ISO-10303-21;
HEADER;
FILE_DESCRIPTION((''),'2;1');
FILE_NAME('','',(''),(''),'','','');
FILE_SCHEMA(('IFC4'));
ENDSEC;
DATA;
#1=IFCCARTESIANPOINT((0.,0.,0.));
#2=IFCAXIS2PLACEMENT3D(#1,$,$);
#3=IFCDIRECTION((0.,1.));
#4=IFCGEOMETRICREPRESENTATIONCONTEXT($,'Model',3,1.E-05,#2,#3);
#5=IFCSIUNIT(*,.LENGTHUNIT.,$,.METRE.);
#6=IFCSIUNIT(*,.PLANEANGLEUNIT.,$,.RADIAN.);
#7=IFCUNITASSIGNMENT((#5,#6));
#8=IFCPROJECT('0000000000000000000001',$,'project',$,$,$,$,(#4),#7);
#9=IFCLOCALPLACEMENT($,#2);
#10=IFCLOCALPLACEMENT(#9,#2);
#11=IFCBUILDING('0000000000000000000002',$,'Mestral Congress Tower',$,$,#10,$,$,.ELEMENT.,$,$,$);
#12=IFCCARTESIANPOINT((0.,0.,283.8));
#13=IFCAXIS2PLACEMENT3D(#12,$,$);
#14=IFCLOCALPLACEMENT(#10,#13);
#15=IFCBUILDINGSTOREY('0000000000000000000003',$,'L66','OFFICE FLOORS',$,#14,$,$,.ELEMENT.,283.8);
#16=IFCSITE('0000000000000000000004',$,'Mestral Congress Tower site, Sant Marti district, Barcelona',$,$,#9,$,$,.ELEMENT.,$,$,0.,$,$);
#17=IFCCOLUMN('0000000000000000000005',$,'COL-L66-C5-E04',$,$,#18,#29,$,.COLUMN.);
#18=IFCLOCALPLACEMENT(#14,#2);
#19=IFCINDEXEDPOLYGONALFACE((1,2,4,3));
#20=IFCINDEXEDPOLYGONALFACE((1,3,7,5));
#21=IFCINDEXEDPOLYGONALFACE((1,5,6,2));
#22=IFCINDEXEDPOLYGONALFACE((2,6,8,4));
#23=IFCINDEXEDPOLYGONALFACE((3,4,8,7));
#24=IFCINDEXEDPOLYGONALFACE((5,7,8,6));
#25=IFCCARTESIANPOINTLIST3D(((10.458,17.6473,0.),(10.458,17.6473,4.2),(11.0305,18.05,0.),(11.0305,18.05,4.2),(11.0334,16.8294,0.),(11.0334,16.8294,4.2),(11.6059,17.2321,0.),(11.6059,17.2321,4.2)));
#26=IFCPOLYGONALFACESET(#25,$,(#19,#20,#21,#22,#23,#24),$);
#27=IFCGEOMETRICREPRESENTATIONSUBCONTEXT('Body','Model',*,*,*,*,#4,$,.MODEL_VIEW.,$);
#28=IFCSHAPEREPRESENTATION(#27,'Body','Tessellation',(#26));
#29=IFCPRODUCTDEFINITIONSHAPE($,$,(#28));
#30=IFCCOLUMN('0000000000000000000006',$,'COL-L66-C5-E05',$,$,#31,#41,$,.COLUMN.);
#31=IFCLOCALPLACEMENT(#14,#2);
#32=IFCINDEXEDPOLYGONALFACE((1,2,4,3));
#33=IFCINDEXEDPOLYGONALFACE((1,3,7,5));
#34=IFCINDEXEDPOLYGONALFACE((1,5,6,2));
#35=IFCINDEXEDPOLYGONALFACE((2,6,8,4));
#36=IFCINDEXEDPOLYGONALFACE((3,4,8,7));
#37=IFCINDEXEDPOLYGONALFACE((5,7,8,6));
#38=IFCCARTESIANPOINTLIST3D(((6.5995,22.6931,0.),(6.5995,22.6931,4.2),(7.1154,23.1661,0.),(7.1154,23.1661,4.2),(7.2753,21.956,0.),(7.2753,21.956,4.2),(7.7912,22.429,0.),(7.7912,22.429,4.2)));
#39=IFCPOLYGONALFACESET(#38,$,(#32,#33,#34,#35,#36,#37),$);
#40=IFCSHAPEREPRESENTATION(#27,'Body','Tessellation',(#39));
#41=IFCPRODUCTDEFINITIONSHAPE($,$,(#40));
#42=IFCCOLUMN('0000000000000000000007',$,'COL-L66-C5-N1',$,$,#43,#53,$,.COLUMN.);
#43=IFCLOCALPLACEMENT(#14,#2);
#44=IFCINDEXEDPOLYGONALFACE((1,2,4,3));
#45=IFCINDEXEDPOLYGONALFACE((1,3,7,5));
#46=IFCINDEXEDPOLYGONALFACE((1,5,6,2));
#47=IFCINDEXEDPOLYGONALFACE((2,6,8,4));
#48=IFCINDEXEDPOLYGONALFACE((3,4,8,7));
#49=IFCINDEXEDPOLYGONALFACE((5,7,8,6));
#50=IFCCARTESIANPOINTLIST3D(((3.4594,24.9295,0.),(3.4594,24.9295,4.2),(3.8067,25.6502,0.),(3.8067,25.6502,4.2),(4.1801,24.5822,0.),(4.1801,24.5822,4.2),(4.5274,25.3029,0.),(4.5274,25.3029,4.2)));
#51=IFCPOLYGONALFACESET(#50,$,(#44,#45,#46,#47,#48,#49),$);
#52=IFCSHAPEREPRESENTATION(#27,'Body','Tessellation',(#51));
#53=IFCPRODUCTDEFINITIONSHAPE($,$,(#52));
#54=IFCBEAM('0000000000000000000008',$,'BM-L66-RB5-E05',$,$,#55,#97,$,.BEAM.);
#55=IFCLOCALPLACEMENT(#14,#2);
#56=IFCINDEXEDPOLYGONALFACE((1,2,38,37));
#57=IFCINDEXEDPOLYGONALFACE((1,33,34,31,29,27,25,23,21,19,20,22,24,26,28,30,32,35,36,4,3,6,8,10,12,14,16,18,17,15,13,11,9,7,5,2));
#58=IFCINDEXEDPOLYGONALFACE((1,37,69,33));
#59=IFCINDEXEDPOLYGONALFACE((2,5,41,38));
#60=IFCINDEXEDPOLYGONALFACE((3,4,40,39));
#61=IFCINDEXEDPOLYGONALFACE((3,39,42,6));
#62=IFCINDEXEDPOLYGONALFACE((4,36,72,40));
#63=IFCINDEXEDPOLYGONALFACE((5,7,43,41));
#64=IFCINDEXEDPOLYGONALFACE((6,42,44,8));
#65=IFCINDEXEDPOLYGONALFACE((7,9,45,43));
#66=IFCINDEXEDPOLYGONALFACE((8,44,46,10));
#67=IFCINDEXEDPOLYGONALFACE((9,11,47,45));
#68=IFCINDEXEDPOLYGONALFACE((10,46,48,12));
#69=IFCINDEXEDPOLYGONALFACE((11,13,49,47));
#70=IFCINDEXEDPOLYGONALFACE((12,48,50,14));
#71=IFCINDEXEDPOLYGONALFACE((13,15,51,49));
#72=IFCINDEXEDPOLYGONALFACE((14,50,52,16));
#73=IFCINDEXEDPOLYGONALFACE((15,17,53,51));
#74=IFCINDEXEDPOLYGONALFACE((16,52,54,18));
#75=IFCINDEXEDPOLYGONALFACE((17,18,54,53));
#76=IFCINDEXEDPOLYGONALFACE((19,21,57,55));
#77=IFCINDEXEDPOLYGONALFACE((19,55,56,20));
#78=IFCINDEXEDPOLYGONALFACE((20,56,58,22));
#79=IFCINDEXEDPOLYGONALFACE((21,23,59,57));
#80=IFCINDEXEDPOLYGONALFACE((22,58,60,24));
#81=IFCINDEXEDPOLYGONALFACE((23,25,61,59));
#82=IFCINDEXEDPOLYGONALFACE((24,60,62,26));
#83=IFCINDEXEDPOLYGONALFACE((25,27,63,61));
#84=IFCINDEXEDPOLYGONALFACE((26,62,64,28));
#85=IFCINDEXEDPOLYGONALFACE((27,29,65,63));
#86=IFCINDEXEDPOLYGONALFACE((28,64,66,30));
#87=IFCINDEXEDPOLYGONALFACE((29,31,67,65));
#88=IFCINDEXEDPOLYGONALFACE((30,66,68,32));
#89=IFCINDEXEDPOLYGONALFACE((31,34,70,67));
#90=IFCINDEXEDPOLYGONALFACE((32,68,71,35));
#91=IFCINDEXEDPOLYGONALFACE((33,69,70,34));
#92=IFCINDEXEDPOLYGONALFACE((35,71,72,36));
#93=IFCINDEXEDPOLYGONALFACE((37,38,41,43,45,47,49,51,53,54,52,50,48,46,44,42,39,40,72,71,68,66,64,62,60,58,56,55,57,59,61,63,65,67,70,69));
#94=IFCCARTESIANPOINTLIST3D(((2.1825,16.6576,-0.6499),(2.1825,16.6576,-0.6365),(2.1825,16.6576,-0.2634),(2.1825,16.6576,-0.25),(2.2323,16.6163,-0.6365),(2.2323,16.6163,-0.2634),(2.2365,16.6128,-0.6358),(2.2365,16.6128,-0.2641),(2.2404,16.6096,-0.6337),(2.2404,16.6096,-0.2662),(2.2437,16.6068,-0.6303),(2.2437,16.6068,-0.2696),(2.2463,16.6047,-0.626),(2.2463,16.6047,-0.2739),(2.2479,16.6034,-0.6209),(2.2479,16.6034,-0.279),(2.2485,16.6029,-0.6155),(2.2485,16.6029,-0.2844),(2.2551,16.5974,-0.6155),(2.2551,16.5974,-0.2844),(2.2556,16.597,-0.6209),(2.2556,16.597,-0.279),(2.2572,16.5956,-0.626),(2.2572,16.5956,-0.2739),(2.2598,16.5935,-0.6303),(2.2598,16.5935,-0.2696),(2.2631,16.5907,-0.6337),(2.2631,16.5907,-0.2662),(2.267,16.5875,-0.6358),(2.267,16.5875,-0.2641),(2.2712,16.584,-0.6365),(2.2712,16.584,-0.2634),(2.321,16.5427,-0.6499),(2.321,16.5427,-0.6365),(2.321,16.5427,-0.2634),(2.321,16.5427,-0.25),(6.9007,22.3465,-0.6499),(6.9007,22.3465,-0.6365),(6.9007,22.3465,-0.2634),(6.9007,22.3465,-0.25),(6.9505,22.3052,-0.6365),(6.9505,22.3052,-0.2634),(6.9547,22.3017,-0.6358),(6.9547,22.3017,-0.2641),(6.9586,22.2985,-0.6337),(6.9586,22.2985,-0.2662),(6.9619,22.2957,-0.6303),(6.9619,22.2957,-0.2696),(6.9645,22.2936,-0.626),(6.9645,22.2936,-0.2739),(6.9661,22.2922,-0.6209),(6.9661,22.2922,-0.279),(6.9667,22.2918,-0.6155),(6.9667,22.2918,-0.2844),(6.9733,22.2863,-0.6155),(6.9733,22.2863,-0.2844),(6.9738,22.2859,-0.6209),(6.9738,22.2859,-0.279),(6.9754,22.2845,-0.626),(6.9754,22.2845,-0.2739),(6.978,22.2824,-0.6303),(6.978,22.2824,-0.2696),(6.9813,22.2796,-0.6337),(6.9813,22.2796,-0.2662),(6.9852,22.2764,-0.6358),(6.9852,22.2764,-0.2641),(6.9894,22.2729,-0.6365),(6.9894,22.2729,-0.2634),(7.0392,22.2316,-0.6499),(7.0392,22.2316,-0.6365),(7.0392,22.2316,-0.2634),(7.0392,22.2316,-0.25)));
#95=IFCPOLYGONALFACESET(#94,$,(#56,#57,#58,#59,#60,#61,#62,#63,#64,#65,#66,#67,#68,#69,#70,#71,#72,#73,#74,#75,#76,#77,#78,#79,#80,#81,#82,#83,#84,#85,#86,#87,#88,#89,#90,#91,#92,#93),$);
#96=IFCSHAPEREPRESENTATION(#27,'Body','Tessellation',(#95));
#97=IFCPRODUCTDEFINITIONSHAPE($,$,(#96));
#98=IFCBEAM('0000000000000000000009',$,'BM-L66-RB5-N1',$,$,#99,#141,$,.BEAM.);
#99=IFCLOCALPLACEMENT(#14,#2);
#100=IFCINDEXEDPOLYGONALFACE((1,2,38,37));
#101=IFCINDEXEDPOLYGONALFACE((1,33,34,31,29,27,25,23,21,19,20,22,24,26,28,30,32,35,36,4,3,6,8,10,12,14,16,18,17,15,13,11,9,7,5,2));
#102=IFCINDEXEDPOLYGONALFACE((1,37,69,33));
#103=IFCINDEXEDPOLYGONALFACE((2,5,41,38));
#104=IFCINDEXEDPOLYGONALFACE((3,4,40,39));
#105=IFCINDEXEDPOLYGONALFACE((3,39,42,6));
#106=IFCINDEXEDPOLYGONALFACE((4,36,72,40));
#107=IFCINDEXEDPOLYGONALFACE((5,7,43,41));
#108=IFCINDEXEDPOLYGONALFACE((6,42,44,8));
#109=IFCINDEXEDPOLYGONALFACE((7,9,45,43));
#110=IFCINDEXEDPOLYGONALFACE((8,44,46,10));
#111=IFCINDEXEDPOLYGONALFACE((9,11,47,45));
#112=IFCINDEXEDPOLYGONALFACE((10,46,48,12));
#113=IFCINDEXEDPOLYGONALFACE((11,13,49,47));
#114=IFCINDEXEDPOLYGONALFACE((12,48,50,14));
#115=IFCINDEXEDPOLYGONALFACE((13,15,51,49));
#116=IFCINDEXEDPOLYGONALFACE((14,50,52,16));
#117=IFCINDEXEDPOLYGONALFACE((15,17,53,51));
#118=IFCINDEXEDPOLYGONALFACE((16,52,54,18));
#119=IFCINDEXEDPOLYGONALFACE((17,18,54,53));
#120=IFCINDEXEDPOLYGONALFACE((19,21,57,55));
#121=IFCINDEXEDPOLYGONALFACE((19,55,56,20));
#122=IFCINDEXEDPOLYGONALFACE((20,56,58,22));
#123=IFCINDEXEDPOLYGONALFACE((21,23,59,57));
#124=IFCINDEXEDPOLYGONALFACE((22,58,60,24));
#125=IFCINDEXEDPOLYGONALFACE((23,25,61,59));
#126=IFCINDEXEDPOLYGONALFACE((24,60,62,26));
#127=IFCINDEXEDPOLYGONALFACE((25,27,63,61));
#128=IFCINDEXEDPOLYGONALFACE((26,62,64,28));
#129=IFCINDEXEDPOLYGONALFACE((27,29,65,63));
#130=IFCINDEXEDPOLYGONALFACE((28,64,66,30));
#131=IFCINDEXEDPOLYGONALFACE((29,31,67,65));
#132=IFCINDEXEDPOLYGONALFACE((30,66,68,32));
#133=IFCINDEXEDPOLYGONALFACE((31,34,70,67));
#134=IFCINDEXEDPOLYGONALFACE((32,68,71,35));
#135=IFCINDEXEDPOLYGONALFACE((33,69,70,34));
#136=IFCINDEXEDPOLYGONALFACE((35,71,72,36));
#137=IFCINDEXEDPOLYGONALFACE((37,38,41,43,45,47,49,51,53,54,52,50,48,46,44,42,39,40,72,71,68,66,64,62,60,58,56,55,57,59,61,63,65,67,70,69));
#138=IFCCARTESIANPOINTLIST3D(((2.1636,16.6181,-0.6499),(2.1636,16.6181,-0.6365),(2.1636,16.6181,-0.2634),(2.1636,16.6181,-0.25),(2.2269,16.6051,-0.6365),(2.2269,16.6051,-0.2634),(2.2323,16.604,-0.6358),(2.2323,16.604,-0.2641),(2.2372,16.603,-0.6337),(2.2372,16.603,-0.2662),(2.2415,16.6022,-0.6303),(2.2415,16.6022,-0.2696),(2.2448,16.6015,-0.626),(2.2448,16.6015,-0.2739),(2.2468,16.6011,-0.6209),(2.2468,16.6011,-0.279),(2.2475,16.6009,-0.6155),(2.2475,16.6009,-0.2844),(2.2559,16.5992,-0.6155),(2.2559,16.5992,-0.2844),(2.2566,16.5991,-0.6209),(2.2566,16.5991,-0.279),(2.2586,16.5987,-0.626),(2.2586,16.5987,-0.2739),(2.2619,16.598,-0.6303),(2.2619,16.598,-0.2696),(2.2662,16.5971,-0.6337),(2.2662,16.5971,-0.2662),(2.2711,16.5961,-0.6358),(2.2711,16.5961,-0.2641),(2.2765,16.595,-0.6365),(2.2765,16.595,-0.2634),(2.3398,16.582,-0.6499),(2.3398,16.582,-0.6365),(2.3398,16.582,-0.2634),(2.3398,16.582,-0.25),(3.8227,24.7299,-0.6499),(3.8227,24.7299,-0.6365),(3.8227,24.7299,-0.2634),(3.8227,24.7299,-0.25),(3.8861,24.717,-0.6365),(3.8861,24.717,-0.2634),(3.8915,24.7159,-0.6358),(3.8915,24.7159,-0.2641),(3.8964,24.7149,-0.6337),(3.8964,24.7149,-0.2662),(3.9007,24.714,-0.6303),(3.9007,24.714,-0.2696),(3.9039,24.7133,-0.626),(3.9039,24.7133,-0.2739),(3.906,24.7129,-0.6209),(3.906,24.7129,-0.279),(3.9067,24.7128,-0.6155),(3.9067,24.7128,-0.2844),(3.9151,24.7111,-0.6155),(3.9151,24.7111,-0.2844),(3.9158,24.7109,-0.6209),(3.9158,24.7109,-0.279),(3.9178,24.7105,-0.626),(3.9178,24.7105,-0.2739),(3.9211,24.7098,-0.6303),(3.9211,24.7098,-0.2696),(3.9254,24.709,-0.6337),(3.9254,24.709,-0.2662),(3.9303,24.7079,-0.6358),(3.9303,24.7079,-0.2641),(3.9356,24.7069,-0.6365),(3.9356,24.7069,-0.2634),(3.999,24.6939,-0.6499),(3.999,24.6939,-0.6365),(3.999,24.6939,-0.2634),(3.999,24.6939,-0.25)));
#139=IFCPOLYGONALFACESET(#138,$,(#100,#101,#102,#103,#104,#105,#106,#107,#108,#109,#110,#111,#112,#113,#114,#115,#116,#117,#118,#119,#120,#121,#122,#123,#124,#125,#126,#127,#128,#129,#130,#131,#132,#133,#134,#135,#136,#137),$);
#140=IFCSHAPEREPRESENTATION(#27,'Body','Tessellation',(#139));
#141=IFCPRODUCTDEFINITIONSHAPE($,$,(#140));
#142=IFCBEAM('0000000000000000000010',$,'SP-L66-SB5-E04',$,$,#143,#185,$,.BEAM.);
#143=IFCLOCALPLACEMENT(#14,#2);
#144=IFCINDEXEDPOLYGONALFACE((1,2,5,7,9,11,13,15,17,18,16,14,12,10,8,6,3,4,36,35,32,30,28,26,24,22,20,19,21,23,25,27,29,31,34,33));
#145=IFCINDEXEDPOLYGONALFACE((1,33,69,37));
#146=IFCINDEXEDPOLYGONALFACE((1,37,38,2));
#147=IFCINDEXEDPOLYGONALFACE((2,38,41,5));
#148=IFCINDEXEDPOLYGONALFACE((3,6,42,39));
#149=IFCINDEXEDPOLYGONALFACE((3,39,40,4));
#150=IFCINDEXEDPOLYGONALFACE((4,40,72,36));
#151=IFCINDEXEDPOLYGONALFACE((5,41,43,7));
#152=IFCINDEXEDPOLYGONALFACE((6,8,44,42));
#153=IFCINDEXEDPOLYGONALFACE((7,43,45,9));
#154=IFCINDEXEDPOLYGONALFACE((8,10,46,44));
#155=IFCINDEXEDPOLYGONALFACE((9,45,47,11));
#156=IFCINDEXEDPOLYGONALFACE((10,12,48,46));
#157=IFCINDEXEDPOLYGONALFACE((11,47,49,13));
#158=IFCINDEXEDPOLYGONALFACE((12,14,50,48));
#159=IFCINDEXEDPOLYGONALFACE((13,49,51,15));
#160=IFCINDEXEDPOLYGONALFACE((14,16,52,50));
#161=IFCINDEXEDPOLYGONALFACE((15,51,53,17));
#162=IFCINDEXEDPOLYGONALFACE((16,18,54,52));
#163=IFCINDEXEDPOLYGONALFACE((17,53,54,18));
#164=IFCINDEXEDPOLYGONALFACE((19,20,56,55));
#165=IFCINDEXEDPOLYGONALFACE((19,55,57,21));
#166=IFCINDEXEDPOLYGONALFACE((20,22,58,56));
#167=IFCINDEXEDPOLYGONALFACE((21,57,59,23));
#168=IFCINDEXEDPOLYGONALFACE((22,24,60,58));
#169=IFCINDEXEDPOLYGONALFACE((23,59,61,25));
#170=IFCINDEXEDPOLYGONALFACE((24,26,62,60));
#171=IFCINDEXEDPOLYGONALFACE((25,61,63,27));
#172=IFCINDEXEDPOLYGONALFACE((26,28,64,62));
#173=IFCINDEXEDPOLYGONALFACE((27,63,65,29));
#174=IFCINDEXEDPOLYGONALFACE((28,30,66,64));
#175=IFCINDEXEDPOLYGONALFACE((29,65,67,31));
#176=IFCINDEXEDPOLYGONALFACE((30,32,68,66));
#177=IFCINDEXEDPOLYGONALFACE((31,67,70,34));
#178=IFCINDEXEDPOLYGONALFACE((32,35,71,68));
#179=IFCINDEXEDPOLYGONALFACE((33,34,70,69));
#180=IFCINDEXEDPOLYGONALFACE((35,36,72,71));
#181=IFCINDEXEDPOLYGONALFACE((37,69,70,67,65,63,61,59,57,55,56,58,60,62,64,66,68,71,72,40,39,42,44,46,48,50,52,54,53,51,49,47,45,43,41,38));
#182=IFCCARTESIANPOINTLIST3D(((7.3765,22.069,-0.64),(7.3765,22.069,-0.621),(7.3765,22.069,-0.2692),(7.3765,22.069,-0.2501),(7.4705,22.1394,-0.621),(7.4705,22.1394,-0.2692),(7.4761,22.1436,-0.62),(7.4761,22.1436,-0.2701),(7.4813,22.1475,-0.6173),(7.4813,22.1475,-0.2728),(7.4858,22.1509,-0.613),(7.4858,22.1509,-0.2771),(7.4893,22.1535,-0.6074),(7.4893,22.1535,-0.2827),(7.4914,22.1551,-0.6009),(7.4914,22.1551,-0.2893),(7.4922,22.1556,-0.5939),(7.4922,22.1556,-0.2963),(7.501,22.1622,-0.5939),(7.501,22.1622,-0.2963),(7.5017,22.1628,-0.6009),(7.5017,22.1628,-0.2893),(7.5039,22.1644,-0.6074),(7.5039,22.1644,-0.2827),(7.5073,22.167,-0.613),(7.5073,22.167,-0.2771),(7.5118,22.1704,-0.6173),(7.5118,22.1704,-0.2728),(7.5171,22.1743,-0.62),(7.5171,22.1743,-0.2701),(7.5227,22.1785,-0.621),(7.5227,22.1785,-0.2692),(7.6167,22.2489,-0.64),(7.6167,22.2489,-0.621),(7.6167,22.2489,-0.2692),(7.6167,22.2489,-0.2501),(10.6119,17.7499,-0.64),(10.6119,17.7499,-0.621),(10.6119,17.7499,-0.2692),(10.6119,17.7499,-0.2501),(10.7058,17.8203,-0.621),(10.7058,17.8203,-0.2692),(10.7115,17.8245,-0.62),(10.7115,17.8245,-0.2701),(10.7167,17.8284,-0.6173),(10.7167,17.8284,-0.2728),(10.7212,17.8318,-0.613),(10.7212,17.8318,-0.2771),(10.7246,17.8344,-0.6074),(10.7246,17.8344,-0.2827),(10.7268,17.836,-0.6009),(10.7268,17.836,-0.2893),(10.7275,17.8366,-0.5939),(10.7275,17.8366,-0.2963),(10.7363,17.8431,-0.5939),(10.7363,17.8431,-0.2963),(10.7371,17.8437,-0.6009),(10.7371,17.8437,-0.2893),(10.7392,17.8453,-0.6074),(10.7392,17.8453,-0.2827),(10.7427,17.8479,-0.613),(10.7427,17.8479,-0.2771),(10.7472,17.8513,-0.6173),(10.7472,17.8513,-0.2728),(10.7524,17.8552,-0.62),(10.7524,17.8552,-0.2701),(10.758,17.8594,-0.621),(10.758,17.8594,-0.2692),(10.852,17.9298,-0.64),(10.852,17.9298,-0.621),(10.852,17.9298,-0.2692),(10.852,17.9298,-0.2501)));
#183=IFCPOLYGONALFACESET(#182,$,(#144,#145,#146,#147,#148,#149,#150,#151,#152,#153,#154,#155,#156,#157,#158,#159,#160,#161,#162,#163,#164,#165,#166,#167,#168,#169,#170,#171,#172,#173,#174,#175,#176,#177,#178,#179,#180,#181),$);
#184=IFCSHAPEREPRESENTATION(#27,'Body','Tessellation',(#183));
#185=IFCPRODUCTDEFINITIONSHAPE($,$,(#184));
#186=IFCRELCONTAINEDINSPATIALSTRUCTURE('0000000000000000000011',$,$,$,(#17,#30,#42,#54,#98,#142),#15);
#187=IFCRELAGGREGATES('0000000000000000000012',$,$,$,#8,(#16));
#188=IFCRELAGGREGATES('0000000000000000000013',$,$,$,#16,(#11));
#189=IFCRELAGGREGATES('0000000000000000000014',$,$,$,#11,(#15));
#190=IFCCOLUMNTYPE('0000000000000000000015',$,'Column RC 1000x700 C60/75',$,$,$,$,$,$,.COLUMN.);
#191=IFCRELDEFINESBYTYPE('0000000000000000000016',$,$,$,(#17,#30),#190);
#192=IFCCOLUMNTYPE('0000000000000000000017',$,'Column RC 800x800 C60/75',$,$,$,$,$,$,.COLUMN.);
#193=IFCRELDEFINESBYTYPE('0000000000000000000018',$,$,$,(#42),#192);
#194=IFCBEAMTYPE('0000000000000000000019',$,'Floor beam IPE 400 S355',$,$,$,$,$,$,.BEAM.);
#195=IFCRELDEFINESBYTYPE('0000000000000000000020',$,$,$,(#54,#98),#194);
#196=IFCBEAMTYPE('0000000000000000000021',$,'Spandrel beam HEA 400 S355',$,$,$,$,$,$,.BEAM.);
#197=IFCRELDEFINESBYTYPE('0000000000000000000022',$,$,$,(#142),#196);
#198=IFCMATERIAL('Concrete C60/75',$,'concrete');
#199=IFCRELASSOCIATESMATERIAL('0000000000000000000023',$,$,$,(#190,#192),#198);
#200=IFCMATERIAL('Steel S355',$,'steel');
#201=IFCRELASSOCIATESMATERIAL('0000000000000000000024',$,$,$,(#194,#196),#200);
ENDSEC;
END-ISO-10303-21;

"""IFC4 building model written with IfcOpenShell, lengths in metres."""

from ifc_helpers import new_model, si_unit, direction, frame, origin, origin_2d, place, context, subcontext, project, spatial, rectangle, i_section, extrude, material, material_profile, profile_set, type_object, element, save


model = new_model("IFC4")

# Units and contexts
model_context = context("Model", 3, precision=1e-05, world=origin(), true_north=direction((0.0, 1.0)))
body_context = subcontext(model_context, "Body", "Model", "MODEL_VIEW")
ifc_project = project(units=[si_unit("LENGTHUNIT", "METRE"), si_unit("PLANEANGLEUNIT", "RADIAN")], contexts=[model_context])

# Site, building, storey
site_placement = place(None, origin())
site = spatial("IfcSite", under=ifc_project, at=site_placement, Name="Mestral Congress Tower site, Sant Marti district, Barcelona", CompositionType="ELEMENT", RefElevation=0.0)
building_placement = place(site_placement, origin())
building = spatial("IfcBuilding", under=site, at=building_placement, Name="Mestral Congress Tower", CompositionType="ELEMENT")
storey_placement = place(building_placement, frame((0.0, 0.0, 283.8)))
storey = spatial("IfcBuildingStorey", under=building, at=storey_placement, Name="L66", Description="OFFICE FLOORS", CompositionType="ELEMENT", Elevation=283.8)

# Columns
ifc_material_1 = material(Name="Concrete C60/75", Category="concrete")
ifc_material_profile_1 = material_profile(ifc_material_1, rectangle(XDim=1.0, YDim=0.7, at=origin_2d()), Name="RC 1000x700")
ifc_profile_set_1 = profile_set([ifc_material_profile_1], Name="Concrete C60/75")
column_type_1 = type_object("IfcColumnType", Name="Column RC 1000x700 C60/75", PredefinedType="COLUMN", material=ifc_profile_set_1)
for number, where, z_axis, x_axis, name in (
    (1, (11.032, 17.4397, 0.0), (0.0, 0.0, 1.0), (-0.575402, 0.817871, 0.0), "COL-L66-C5-E04"),
    (2, (7.1953, 22.561, 0.0), (0.0, 0.0, 1.0), (-0.675803, 0.737083, 0.0), "COL-L66-C5-E05"),
):
    element("IfcColumn", number, at=place(storey_placement, frame(where, z_axis=z_axis, x_axis=x_axis)), inside=storey, type_object=column_type_1, Name=name, PredefinedType="COLUMN", context=body_context, shape_type="SweptSolid", body=[
        extrude(rectangle(XDim=1.0, YDim=0.7, at=origin_2d()), origin(), (0.0, 0.0, 1.0), 4.2),
    ])
ifc_material_profile_2 = material_profile(ifc_material_1, rectangle(XDim=0.8, YDim=0.8, at=origin_2d()), Name="RC 800x800")
ifc_profile_set_2 = profile_set([ifc_material_profile_2], Name="Concrete C60/75")
column_type_2 = type_object("IfcColumnType", Name="Column RC 800x800 C60/75", PredefinedType="COLUMN", material=ifc_profile_set_2)
column_placement = place(storey_placement, frame((3.9934, 25.1162, 0.0), z_axis=(0.0, 0.0, 1.0), x_axis=(-0.900873, 0.434082, 0.0)))
element("IfcColumn", 3, at=column_placement, inside=storey, type_object=column_type_2, Name="COL-L66-C5-N1", PredefinedType="COLUMN", context=body_context, shape_type="SweptSolid", body=[
    extrude(rectangle(XDim=0.8, YDim=0.8, at=origin_2d()), origin(), (0.0, 0.0, 1.0), 4.2),
])

# Beams
ifc_material_2 = material(Name="Steel S355", Category="steel")
ifc_material_profile_3 = material_profile(ifc_material_2, i_section(OverallWidth=0.1799, OverallDepth=0.3999, WebThickness=0.0085, FlangeThickness=0.0134, FilletRadius=0.021, at=origin_2d()), Name="IPE 400")
ifc_profile_set_3 = profile_set([ifc_material_profile_3], Name="Steel S355")
beam_type_1 = type_object("IfcBeamType", Name="Floor beam IPE 400 S355", PredefinedType="BEAM", material=ifc_profile_set_3)
beam_1_placement = place(storey_placement, frame((6.97, 22.2891, -0.45), z_axis=(-0.638383, -0.769719, 0.0), x_axis=(0.769719, -0.638383, 0.0)))
element("IfcBeam", 4, at=beam_1_placement, inside=storey, type_object=beam_type_1, Name="BM-L66-RB5-E05", PredefinedType="BEAM", context=body_context, shape_type="SweptSolid", body=[
    extrude(i_section(OverallWidth=0.1799, OverallDepth=0.3999, WebThickness=0.0085, FlangeThickness=0.0134, FilletRadius=0.021, at=origin_2d()), origin(), (0.0, 0.0, 1.0), 7.3909),
])
beam_2_placement = place(storey_placement, frame((3.9109, 24.7119, -0.45), z_axis=(-0.20039, -0.979716, 0.0), x_axis=(0.979716, -0.20039, 0.0)))
element("IfcBeam", 5, at=beam_2_placement, inside=storey, type_object=beam_type_1, Name="BM-L66-RB5-N1", PredefinedType="BEAM", context=body_context, shape_type="SweptSolid", body=[
    extrude(i_section(OverallWidth=0.1799, OverallDepth=0.3999, WebThickness=0.0085, FlangeThickness=0.0134, FilletRadius=0.021, at=origin_2d()), origin(), (0.0, 0.0, 1.0), 8.2798),
])
ifc_material_profile_4 = material_profile(ifc_material_2, i_section(OverallWidth=0.3, OverallDepth=0.3899, WebThickness=0.011, FlangeThickness=0.019, FilletRadius=0.0271, at=origin_2d()), Name="HEA 400")
ifc_profile_set_4 = profile_set([ifc_material_profile_4], Name="Steel S355")
beam_type_2 = type_object("IfcBeamType", Name="Spandrel beam HEA 400 S355", PredefinedType="BEAM", material=ifc_profile_set_4)
beam_3_placement = place(storey_placement, frame((10.7319, 17.8398, -0.4451), z_axis=(-0.599529, 0.800353, 0.0), x_axis=(-0.800353, -0.599529, 0.0)))
element("IfcBeam", 6, at=beam_3_placement, inside=storey, type_object=beam_type_2, Name="SP-L66-SB5-E04", PredefinedType="BEAM", context=body_context, shape_type="SweptSolid", body=[
    extrude(i_section(OverallWidth=0.3, OverallDepth=0.3899, WebThickness=0.011, FlangeThickness=0.019, FilletRadius=0.0271, at=origin_2d()), origin(), (0.0, 0.0, 1.0), 5.3965),
])

save(model, "model.ifc")
